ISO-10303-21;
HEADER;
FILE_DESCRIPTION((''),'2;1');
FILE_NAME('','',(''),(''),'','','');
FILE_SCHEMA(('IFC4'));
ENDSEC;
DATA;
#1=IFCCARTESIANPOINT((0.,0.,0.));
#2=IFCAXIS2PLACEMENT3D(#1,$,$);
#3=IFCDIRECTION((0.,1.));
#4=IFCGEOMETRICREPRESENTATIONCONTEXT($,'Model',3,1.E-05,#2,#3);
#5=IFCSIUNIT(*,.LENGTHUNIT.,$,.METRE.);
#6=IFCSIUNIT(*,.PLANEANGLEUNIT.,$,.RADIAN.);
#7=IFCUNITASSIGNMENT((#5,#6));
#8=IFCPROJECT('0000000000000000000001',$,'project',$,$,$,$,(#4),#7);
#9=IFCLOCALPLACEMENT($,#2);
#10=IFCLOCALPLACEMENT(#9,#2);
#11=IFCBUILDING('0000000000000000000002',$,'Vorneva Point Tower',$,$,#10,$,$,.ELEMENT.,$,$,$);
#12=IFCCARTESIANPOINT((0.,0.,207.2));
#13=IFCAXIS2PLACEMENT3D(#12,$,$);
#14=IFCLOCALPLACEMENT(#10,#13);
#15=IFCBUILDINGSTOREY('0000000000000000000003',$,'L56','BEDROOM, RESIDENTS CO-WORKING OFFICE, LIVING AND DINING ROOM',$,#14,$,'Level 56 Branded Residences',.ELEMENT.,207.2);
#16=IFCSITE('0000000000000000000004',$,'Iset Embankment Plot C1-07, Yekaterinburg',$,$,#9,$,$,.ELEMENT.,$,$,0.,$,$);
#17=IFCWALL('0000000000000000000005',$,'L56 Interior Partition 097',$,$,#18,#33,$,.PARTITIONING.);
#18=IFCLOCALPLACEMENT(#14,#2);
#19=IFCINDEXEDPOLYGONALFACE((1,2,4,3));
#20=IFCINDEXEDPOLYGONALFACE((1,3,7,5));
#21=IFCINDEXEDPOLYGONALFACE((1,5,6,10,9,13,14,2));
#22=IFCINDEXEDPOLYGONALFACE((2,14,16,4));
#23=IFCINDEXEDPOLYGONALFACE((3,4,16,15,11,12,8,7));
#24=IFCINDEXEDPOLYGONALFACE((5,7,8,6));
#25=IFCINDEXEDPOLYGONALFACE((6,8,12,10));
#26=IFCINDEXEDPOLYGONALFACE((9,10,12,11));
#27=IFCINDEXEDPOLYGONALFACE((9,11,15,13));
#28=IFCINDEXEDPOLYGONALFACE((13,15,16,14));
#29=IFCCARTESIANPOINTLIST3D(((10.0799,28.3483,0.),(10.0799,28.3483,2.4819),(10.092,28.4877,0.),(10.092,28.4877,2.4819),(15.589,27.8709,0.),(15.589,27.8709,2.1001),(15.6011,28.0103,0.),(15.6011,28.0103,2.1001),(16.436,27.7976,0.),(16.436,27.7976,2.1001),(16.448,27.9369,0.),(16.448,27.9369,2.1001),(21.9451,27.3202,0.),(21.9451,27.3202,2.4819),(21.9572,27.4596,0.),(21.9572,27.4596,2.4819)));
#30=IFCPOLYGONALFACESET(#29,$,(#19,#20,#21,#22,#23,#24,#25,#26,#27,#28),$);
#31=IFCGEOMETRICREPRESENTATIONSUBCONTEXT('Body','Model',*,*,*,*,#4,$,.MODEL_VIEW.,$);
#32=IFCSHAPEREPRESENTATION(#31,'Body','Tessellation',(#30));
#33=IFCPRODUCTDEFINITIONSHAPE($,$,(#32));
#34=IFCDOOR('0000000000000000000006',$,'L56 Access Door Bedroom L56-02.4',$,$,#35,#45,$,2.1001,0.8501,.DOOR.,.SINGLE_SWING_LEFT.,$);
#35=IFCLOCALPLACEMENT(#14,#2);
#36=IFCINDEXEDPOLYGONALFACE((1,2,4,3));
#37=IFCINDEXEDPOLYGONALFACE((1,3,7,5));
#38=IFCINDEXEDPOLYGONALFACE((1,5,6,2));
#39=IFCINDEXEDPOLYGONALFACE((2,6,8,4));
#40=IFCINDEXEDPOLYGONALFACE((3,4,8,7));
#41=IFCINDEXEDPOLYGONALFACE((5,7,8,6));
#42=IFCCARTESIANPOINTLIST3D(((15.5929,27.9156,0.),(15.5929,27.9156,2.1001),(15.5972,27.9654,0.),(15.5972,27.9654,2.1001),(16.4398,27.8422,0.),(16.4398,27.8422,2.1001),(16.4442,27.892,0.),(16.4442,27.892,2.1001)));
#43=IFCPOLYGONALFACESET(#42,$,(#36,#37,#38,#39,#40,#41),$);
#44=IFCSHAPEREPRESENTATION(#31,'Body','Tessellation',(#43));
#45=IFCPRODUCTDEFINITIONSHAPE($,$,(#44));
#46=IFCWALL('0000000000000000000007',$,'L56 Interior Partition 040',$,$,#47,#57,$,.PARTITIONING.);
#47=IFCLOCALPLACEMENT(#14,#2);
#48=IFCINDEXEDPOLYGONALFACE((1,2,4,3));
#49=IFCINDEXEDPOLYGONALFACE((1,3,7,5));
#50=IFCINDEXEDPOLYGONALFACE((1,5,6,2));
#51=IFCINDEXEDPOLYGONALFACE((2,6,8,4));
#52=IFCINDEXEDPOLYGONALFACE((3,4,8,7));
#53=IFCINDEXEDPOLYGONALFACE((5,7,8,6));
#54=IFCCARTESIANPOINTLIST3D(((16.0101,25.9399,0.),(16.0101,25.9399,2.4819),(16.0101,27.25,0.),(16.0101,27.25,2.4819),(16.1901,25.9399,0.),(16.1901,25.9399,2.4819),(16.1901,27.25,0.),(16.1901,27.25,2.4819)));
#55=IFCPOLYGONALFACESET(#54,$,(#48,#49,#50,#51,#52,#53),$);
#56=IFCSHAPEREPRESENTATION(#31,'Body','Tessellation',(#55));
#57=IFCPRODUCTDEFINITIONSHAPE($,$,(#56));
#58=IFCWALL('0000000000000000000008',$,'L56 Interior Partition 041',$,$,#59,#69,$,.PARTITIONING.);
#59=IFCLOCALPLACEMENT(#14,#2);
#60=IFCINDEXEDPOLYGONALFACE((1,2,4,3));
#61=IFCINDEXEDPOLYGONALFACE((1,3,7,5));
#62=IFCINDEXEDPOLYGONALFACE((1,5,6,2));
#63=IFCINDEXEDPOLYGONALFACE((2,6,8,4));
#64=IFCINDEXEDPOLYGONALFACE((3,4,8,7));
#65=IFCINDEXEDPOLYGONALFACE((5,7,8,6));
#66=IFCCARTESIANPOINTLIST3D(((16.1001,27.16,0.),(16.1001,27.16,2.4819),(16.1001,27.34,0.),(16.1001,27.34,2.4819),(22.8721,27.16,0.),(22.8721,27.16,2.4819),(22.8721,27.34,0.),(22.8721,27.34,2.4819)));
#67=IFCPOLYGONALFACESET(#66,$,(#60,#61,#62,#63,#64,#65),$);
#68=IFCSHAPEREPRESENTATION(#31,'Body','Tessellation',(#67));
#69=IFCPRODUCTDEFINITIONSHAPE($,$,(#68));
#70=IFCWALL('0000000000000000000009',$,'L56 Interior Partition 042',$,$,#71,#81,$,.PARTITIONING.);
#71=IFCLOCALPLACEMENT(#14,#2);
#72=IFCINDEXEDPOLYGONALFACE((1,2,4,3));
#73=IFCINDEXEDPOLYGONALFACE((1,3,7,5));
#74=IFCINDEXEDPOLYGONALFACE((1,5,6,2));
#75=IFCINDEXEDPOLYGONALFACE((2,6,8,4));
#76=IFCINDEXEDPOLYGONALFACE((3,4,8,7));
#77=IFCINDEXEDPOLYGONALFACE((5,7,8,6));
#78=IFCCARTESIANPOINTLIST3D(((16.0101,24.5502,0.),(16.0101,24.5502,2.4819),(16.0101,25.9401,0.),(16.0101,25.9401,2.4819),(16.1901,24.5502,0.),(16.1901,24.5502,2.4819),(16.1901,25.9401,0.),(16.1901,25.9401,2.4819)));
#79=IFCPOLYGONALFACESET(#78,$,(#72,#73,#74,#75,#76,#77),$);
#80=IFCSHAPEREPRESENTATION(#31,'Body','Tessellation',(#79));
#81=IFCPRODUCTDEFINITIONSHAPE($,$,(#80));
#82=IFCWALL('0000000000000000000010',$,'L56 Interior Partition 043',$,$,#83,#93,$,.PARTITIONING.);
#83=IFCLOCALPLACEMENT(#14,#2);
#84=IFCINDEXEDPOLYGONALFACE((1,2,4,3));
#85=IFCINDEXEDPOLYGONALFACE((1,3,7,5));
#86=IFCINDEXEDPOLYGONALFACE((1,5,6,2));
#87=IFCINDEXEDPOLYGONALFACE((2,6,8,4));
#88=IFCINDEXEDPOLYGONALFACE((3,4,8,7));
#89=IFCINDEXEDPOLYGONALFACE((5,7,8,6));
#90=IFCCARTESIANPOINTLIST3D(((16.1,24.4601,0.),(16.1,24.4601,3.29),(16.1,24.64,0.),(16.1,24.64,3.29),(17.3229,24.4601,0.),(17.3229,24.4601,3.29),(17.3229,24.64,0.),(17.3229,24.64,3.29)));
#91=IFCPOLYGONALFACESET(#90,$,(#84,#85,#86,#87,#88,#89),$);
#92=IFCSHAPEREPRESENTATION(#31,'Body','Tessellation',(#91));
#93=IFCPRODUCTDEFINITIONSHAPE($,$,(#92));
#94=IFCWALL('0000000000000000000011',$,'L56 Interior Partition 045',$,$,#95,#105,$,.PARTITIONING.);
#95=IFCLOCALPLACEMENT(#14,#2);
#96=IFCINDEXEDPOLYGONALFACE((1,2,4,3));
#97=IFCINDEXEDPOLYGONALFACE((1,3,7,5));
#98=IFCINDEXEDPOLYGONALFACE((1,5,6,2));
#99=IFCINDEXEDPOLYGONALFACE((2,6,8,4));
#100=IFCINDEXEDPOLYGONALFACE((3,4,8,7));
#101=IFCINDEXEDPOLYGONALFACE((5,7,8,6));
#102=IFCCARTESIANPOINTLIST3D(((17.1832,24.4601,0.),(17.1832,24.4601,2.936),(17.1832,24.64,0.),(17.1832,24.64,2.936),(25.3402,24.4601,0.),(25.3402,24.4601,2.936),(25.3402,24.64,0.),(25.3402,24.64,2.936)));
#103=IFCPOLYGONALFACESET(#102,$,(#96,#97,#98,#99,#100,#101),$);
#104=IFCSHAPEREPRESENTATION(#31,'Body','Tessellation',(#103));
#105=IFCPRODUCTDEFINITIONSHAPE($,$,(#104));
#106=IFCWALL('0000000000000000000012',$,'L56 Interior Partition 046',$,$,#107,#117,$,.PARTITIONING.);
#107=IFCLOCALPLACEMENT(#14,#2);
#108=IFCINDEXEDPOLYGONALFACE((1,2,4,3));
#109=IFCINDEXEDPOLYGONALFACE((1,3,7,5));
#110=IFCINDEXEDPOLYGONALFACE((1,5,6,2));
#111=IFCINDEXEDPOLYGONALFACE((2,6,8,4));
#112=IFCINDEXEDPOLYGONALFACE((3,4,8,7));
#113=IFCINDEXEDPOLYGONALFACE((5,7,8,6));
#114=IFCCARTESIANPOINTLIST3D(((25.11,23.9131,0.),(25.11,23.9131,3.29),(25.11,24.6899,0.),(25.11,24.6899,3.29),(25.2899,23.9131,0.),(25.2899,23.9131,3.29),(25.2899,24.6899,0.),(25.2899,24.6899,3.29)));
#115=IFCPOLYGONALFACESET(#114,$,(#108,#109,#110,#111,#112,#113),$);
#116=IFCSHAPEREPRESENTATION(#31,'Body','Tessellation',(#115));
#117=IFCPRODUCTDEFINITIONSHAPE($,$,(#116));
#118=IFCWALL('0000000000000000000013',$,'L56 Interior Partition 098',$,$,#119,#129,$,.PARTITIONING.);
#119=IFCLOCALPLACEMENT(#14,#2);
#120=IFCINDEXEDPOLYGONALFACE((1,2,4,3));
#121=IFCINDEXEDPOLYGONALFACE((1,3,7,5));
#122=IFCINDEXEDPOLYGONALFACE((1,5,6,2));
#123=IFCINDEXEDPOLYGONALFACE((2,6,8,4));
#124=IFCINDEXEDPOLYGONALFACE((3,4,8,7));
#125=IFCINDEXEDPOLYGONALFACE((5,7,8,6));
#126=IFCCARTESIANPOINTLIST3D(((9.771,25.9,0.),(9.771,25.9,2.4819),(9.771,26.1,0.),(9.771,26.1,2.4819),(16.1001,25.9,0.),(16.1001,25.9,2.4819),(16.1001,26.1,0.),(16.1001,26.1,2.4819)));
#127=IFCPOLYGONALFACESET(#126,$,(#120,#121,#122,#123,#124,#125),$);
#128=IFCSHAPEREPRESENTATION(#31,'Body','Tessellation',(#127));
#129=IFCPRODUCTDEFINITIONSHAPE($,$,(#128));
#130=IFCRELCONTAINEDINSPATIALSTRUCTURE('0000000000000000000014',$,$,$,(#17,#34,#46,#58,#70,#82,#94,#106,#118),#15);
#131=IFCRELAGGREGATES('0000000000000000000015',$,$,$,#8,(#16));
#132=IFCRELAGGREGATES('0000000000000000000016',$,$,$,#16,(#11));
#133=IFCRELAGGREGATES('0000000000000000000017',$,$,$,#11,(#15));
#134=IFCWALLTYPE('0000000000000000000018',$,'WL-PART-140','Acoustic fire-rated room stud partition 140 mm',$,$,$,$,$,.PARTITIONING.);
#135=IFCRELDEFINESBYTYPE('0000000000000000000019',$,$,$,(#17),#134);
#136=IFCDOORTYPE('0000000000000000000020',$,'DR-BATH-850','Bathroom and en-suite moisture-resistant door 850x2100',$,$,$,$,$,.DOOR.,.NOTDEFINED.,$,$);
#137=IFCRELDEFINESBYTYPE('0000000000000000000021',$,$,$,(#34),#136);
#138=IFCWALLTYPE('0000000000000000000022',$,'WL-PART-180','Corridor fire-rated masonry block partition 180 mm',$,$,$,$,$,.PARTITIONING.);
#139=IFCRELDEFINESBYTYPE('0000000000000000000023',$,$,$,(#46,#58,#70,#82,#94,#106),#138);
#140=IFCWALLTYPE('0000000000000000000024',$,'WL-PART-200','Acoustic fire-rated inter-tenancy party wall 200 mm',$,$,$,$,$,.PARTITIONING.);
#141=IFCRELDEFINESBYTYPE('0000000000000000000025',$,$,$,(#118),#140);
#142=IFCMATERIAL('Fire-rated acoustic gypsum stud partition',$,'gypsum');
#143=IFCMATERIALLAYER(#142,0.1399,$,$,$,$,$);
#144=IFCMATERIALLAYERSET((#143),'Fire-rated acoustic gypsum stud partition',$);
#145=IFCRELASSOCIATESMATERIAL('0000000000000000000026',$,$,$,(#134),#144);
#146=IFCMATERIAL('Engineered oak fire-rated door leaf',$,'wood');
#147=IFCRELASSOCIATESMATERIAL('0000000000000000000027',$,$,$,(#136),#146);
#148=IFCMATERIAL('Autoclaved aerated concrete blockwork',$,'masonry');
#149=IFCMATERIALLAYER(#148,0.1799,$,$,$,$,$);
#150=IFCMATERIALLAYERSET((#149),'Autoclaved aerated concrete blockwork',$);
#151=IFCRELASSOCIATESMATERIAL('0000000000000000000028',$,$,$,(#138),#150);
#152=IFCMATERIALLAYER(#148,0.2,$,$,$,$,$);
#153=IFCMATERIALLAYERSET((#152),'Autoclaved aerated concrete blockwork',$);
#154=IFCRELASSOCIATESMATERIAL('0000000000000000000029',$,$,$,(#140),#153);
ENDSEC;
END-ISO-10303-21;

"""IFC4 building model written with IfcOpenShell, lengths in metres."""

from ifc_helpers import new_model, si_unit, direction, frame, frame_2d, origin, place, context, subcontext, project, spatial, rectangle, extrude, material, layer, layer_set, type_object, element, fill, save


model = new_model("IFC4")

# Units and contexts
model_context = context("Model", 3, precision=1e-05, world=origin(), true_north=direction((0.0, 1.0)))
body_context = subcontext(model_context, "Body", "Model", "MODEL_VIEW")
ifc_project = project(units=[si_unit("LENGTHUNIT", "METRE"), si_unit("PLANEANGLEUNIT", "RADIAN")], contexts=[model_context])

# Site, building, storey
site_placement = place(None, origin())
site = spatial("IfcSite", under=ifc_project, at=site_placement, Name="Iset Embankment Plot C1-07, Yekaterinburg", CompositionType="ELEMENT", RefElevation=0.0)
building_placement = place(site_placement, origin())
building = spatial("IfcBuilding", under=site, at=building_placement, Name="Vorneva Point Tower", CompositionType="ELEMENT")
storey_placement = place(building_placement, frame((0.0, 0.0, 207.2)))
storey = spatial("IfcBuildingStorey", under=building, at=storey_placement, Name="L56", Description="BEDROOM, RESIDENTS CO-WORKING OFFICE, LIVING AND DINING ROOM", LongName="Level 56 Branded Residences", CompositionType="ELEMENT", Elevation=207.2)

# Shared definitions
ifc_material_1 = material(Name="Fire-rated acoustic gypsum stud partition", Category="gypsum")
ifc_layer_1 = layer(ifc_material_1, 0.1399)
ifc_layer_set_1 = layer_set([ifc_layer_1], Name="Fire-rated acoustic gypsum stud partition")
wall_type_1 = type_object("IfcWallType", Name="WL-PART-140", Description="Acoustic fire-rated room stud partition 140 mm", PredefinedType="PARTITIONING", material=ifc_layer_set_1)
ifc_material_2 = material(Name="Engineered oak fire-rated door leaf", Category="wood")
door_type_1 = type_object("IfcDoorType", Name="DR-BATH-850", Description="Bathroom and en-suite moisture-resistant door 850x2100", OperationType="NOTDEFINED", PredefinedType="DOOR", material=ifc_material_2)

# Wall, opening, door
wall_1_placement = place(storey_placement, frame((10.0859, 28.418, 0.0), z_axis=(0.0, 0.0, 1.0), x_axis=(0.996267, -0.086323, 0.0)))
wall_1 = element("IfcWall", 1, at=wall_1_placement, inside=storey, type_object=wall_type_1, Name="L56 Interior Partition 097", PredefinedType="PARTITIONING", context=body_context, shape_type="SweptSolid", body=[
    extrude(rectangle(XDim=11.9097, YDim=0.1399, at=frame_2d((5.9548, 0.0))), origin(), (0.0, 0.0, 1.0), 2.4819),
])
opening_1_placement = place(wall_1_placement, frame((5.5298, 0.0, 0.0)))
opening_1 = element("IfcOpeningElement", 2, at=opening_1_placement, cuts=wall_1, PredefinedType="OPENING", context=body_context, shape_type="SweptSolid", body=[
    extrude(rectangle(XDim=0.8501, YDim=2.1001, at=frame_2d((0.425, 1.05))), frame((0.0, 0.085, 0.0), z_axis=(0.0, -1.0, 0.0), x_axis=(1.0, 0.0, 0.0)), (0.0, 0.0, 1.0), 0.1697),
])
door_1_placement = place(opening_1_placement, origin())
door_1 = element("IfcDoor", 3, at=door_1_placement, inside=storey, type_object=door_type_1, Name="L56 Access Door Bedroom L56-02.4", OperationType="SINGLE_SWING_LEFT", OverallHeight=2.1001, OverallWidth=0.8501, PredefinedType="DOOR", context=body_context, shape_type="SweptSolid", body=[
    extrude(rectangle(XDim=0.8501, YDim=2.1001, at=frame_2d((0.425, 1.05))), frame((0.0, 0.0249, 0.0), z_axis=(0.0, -1.0, 0.0), x_axis=(1.0, 0.0, 0.0)), (0.0, 0.0, 1.0), 0.05),
])
fill(opening_1, door_1)

# Walls
ifc_material_3 = material(Name="Autoclaved aerated concrete blockwork", Category="masonry")
ifc_layer_2 = layer(ifc_material_3, 0.1799)
ifc_layer_set_2 = layer_set([ifc_layer_2], Name="Autoclaved aerated concrete blockwork")
wall_type_2 = type_object("IfcWallType", Name="WL-PART-180", Description="Corridor fire-rated masonry block partition 180 mm", PredefinedType="PARTITIONING", material=ifc_layer_set_2)
wall_2_placement = place(storey_placement, frame((16.1001, 27.25, 0.0), z_axis=(0.0, 0.0, 1.0), x_axis=(0.0, -1.0, 0.0)))
element("IfcWall", 4, at=wall_2_placement, inside=storey, type_object=wall_type_2, Name="L56 Interior Partition 040", PredefinedType="PARTITIONING", context=body_context, shape_type="SweptSolid", body=[
    extrude(rectangle(XDim=1.3101, YDim=0.1799, at=frame_2d((0.655, 0.0))), origin(), (0.0, 0.0, 1.0), 2.4819),
])
wall_3_placement = place(storey_placement, frame((22.8721, 27.25, 0.0), z_axis=(0.0, 0.0, 1.0), x_axis=(-1.0, 0.0, 0.0)))
element("IfcWall", 5, at=wall_3_placement, inside=storey, type_object=wall_type_2, Name="L56 Interior Partition 041", PredefinedType="PARTITIONING", context=body_context, shape_type="SweptSolid", body=[
    extrude(rectangle(XDim=6.772, YDim=0.1799, at=frame_2d((3.386, 0.0))), origin(), (0.0, 0.0, 1.0), 2.4819),
])
wall_4_placement = place(storey_placement, frame((16.1001, 25.9399, 0.0), z_axis=(0.0, 0.0, 1.0), x_axis=(0.0, -1.0, 0.0)))
element("IfcWall", 6, at=wall_4_placement, inside=storey, type_object=wall_type_2, Name="L56 Interior Partition 042", PredefinedType="PARTITIONING", context=body_context, shape_type="SweptSolid", body=[
    extrude(rectangle(XDim=1.3899, YDim=0.1799, at=frame_2d((0.6948, 0.0))), origin(), (0.0, 0.0, 1.0), 2.4819),
])
wall_5_placement = place(storey_placement, frame((16.1001, 24.55, 0.0), z_axis=(0.0, 0.0, 1.0), x_axis=(1.0, 0.0, 0.0)))
element("IfcWall", 7, at=wall_5_placement, inside=storey, type_object=wall_type_2, Name="L56 Interior Partition 043", PredefinedType="PARTITIONING", context=body_context, shape_type="SweptSolid", body=[
    extrude(rectangle(XDim=1.2229, YDim=0.1799, at=frame_2d((0.6113, 0.0))), origin(), (0.0, 0.0, 1.0), 3.29),
])
wall_6_placement = place(storey_placement, frame((17.1831, 24.55, 0.0), z_axis=(0.0, 0.0, 1.0), x_axis=(1.0, 0.0, 0.0)))
element("IfcWall", 8, at=wall_6_placement, inside=storey, type_object=wall_type_2, Name="L56 Interior Partition 045", PredefinedType="PARTITIONING", context=body_context, shape_type="SweptSolid", body=[
    extrude(rectangle(XDim=8.157, YDim=0.1799, at=frame_2d((4.0786, 0.0))), origin(), (0.0, 0.0, 1.0), 2.936),
])
wall_7_placement = place(storey_placement, frame((25.2, 24.6899, 0.0), z_axis=(0.0, 0.0, 1.0), x_axis=(0.0, -1.0, 0.0)))
element("IfcWall", 9, at=wall_7_placement, inside=storey, type_object=wall_type_2, Name="L56 Interior Partition 046", PredefinedType="PARTITIONING", context=body_context, shape_type="SweptSolid", body=[
    extrude(rectangle(XDim=0.7769, YDim=0.1799, at=frame_2d((0.3884, 0.0))), origin(), (0.0, 0.0, 1.0), 3.29),
])
ifc_layer_3 = layer(ifc_material_3, 0.2)
ifc_layer_set_3 = layer_set([ifc_layer_3], Name="Autoclaved aerated concrete blockwork")
wall_type_3 = type_object("IfcWallType", Name="WL-PART-200", Description="Acoustic fire-rated inter-tenancy party wall 200 mm", PredefinedType="PARTITIONING", material=ifc_layer_set_3)
wall_8_placement = place(storey_placement, frame((9.771, 26.0, 0.0), z_axis=(0.0, 0.0, 1.0), x_axis=(1.0, 0.0, 0.0)))
element("IfcWall", 10, at=wall_8_placement, inside=storey, type_object=wall_type_3, Name="L56 Interior Partition 098", PredefinedType="PARTITIONING", context=body_context, shape_type="SweptSolid", body=[
    extrude(rectangle(XDim=6.3291, YDim=0.2, at=frame_2d((3.1646, 0.0))), origin(), (0.0, 0.0, 1.0), 2.4819),
])

save(model, "model.ifc")
